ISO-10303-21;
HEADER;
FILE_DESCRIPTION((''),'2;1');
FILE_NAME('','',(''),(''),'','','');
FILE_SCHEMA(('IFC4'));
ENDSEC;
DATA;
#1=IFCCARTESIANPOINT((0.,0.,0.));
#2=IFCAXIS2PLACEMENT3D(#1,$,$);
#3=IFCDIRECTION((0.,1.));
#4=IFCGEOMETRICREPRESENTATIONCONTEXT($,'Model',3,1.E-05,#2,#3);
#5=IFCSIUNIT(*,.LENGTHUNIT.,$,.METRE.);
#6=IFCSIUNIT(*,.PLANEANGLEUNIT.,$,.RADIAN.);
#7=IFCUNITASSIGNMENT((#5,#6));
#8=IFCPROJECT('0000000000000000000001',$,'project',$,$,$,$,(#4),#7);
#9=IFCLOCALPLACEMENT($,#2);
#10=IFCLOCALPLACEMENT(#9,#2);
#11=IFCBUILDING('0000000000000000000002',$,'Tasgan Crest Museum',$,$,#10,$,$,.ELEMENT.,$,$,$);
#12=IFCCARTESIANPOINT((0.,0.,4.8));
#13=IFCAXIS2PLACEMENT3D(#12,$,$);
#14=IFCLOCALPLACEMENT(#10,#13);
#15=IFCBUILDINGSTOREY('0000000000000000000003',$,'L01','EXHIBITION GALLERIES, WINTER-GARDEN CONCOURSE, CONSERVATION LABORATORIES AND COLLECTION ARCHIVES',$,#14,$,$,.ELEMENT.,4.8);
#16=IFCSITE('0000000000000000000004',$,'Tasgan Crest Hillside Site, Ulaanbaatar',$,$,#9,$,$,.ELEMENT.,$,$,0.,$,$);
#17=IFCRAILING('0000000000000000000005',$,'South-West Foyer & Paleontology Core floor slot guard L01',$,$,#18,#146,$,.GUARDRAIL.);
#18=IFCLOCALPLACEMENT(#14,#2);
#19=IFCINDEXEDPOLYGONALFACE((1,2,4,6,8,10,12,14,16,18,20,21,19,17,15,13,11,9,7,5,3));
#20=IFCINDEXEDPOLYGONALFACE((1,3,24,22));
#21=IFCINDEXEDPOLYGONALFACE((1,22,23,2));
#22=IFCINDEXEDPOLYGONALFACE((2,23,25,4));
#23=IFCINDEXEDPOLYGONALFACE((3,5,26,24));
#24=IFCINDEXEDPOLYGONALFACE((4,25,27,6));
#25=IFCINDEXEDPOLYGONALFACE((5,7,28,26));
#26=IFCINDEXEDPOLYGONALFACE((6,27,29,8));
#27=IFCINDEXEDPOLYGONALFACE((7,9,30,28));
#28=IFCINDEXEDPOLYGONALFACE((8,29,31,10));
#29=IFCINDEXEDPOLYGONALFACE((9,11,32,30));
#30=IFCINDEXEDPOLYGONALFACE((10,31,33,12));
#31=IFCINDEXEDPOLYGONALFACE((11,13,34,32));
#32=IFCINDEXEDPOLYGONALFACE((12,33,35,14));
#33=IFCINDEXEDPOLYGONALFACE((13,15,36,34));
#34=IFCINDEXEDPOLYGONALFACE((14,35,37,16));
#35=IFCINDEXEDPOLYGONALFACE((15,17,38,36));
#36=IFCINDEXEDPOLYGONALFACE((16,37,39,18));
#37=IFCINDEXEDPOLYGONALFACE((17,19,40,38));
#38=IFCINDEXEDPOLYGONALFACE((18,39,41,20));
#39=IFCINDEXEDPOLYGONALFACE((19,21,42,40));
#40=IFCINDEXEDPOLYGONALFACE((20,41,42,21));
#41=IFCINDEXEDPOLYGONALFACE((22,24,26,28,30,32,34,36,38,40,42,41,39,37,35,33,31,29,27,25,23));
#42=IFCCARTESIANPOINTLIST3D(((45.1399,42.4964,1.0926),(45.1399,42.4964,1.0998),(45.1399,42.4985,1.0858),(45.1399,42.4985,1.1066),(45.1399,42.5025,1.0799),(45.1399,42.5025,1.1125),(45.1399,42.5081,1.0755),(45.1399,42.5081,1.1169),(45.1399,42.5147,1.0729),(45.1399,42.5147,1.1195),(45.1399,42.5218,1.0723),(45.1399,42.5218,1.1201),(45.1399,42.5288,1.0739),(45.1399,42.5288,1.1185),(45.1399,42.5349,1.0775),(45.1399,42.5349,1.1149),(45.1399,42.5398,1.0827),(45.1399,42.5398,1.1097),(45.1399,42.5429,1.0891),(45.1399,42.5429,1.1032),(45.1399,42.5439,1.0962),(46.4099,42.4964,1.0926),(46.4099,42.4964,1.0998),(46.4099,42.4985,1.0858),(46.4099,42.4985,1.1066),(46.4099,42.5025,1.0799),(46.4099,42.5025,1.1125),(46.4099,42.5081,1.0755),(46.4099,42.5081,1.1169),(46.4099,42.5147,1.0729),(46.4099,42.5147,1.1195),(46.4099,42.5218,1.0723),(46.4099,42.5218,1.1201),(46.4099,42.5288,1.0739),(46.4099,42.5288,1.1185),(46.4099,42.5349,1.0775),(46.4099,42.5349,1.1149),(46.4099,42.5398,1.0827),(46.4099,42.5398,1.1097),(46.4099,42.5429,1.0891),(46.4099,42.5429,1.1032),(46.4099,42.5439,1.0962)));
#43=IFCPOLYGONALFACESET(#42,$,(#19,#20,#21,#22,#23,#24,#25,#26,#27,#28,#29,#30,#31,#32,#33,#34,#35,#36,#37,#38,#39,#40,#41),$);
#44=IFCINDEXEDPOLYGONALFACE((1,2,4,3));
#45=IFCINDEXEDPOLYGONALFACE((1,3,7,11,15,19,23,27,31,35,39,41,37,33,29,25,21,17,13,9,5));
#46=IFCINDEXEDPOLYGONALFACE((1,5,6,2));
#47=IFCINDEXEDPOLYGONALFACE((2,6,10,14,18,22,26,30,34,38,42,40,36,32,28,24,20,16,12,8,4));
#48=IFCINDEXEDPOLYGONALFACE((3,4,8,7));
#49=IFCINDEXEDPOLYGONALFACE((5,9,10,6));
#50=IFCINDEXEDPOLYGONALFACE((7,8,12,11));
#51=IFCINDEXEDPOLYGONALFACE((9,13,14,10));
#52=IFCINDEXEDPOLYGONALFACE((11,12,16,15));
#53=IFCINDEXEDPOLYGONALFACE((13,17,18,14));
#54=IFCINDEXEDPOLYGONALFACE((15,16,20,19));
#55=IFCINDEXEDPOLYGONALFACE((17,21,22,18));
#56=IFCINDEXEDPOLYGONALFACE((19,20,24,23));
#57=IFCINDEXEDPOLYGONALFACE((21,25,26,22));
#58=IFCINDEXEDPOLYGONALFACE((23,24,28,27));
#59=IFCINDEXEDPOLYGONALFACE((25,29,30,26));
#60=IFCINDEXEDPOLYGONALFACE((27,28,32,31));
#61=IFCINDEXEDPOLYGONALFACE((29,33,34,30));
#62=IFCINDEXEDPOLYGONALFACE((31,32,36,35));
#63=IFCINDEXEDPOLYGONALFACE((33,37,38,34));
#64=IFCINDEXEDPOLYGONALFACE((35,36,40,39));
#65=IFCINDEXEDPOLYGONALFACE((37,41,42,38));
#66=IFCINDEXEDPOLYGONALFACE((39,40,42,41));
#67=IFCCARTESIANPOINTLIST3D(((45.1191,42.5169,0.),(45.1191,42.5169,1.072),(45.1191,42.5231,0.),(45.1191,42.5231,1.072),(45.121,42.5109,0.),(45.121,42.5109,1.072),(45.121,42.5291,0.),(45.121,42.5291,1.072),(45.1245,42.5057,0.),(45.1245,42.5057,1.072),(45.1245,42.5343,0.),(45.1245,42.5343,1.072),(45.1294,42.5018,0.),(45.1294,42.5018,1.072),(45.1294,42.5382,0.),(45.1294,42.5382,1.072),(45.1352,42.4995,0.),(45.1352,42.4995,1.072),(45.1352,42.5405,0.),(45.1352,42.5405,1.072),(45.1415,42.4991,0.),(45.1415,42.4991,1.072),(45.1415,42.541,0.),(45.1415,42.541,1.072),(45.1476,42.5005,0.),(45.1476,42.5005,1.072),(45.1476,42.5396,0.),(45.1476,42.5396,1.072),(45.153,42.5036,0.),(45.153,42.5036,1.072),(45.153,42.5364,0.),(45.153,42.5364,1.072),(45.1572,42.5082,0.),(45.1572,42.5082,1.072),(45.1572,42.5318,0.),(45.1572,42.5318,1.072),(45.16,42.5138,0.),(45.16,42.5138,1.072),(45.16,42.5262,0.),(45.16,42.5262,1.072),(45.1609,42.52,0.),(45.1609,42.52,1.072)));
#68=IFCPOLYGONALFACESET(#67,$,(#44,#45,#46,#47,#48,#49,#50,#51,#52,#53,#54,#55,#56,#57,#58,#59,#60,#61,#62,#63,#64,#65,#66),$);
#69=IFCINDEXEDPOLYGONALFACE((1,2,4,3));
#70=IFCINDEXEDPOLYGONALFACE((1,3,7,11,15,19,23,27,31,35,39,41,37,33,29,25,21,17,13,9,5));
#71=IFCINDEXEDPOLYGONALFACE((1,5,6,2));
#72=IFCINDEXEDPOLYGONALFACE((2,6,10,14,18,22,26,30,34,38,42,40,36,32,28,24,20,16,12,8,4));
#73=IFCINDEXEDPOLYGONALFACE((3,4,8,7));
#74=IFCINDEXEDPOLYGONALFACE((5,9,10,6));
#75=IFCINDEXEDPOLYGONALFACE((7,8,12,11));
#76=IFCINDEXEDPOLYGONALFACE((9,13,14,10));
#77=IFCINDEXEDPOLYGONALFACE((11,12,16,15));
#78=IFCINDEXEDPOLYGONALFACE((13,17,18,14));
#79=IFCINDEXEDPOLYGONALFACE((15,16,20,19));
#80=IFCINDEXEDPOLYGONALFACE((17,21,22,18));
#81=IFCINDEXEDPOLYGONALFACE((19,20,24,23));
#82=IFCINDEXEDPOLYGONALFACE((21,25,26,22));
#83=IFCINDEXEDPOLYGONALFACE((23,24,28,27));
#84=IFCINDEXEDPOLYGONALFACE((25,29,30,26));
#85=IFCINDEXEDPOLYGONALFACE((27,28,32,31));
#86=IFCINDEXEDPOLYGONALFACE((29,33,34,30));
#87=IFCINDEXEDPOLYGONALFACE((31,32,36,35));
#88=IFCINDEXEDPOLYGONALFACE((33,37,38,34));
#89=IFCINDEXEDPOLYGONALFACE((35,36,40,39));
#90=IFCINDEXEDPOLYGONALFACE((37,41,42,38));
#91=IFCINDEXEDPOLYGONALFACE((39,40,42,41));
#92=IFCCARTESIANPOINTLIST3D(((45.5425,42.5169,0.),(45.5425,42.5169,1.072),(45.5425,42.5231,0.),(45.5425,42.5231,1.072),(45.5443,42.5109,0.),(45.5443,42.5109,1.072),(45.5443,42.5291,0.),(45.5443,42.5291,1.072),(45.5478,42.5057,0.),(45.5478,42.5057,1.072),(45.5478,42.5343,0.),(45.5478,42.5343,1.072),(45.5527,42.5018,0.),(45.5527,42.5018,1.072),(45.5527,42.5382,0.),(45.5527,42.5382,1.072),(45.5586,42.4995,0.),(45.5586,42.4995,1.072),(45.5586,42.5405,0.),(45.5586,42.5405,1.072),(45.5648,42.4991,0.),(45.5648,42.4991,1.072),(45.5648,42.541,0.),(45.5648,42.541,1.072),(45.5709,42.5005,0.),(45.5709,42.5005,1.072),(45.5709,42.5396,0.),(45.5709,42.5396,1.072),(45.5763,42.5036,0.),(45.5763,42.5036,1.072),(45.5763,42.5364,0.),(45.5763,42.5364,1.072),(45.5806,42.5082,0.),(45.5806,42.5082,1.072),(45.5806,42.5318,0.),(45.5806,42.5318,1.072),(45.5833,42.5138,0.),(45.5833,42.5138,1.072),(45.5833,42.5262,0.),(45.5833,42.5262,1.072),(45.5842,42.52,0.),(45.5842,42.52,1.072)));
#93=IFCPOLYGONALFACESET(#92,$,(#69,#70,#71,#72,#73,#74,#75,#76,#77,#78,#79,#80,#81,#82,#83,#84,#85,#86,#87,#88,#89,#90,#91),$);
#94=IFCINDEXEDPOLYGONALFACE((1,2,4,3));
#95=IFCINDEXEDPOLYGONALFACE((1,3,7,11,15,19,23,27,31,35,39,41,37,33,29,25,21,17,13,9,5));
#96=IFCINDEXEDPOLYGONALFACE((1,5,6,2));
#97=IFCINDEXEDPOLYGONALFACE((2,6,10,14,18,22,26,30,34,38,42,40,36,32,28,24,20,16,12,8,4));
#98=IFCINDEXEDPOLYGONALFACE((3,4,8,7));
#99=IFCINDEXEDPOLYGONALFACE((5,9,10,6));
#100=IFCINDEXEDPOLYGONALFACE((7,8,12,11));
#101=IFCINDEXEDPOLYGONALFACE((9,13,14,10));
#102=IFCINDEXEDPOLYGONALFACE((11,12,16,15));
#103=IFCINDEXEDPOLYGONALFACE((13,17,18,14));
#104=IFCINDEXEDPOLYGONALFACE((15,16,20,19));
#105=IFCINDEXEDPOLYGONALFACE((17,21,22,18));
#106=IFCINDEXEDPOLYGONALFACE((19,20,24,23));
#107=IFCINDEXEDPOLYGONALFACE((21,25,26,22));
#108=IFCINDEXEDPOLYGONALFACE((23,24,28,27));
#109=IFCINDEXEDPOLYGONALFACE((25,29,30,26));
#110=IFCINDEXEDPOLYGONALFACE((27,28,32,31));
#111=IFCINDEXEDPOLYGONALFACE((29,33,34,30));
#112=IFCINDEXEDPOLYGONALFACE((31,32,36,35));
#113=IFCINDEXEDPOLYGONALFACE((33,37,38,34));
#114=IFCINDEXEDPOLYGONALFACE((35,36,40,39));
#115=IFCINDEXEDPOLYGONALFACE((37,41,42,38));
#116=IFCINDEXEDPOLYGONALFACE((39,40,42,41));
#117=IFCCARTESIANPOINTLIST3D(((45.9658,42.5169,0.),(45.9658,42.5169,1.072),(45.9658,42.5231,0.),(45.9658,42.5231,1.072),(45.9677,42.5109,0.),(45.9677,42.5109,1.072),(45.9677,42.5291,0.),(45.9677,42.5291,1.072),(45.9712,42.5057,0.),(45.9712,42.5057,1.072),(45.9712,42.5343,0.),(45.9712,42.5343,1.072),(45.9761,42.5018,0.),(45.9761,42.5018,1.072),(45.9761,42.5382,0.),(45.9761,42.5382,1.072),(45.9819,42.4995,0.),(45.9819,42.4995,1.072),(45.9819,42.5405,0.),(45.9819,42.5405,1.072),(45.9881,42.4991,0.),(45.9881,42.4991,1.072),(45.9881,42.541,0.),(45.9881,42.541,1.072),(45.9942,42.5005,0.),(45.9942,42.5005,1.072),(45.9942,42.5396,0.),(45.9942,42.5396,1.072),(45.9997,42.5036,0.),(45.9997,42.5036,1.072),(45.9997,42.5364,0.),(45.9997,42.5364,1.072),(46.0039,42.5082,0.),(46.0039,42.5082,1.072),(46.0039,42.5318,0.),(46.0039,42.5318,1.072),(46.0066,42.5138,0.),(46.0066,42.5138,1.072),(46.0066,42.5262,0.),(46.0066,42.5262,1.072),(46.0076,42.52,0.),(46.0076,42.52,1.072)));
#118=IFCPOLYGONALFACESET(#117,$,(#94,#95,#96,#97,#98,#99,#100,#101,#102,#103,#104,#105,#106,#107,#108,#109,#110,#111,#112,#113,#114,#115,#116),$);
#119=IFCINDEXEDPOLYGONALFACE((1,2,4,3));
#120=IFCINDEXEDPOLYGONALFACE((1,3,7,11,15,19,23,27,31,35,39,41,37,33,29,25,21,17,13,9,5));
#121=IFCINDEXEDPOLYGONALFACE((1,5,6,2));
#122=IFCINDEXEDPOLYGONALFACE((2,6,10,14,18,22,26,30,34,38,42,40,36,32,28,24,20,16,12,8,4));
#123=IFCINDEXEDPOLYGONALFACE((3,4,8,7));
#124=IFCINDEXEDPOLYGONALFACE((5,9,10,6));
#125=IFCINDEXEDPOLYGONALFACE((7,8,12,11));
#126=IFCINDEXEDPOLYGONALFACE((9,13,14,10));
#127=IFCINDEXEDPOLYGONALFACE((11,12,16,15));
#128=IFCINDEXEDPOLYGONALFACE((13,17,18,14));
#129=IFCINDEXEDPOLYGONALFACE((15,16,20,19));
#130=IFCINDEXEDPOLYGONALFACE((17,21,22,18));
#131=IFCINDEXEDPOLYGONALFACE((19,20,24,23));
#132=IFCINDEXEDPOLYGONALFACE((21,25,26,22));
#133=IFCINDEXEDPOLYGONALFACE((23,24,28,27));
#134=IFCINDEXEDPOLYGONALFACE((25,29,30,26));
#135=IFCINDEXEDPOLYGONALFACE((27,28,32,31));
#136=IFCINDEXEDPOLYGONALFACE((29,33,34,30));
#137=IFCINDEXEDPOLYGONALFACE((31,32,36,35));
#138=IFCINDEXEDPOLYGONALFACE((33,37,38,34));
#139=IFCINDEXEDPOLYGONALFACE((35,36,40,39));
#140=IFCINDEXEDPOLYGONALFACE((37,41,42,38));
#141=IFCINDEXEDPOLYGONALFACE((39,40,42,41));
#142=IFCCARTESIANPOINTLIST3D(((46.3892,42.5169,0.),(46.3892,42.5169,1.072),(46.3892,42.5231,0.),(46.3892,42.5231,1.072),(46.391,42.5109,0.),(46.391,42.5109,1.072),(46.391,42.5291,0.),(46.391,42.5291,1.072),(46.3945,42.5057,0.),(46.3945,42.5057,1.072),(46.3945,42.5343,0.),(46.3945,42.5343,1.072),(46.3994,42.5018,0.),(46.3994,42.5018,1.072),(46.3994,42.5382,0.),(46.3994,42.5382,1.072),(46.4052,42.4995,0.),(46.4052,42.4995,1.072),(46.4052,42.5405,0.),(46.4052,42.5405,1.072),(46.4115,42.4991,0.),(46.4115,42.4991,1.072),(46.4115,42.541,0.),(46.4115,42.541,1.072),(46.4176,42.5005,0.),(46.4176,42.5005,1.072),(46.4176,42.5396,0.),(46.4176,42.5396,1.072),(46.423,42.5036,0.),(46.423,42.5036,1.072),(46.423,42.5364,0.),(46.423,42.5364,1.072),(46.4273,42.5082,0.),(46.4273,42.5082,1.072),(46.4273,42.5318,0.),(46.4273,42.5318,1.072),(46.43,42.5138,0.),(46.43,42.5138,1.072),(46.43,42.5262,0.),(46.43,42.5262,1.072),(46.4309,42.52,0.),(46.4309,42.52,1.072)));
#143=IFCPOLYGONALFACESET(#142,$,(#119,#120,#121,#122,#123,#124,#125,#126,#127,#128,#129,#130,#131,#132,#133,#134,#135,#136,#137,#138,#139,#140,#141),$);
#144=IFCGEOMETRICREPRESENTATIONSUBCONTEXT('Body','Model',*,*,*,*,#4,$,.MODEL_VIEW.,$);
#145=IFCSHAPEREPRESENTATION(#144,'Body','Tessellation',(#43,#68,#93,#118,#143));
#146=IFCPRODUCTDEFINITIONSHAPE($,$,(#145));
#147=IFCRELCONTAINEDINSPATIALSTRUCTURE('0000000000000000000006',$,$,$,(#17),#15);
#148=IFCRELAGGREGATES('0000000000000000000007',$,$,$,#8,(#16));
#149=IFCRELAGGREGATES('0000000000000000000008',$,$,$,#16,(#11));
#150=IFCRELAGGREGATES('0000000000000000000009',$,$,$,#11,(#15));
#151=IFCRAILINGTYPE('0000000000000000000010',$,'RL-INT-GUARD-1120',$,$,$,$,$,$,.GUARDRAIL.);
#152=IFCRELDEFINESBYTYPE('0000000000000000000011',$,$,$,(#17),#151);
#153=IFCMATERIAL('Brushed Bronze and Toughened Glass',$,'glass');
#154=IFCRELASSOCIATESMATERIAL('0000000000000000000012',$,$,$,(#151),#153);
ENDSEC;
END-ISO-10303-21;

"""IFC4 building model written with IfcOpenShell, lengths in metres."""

from ifc_helpers import new_model, si_unit, direction, frame, origin, origin_2d, place, context, subcontext, project, spatial, circle, extrude, material, type_object, element, save


model = new_model("IFC4")

# Units and contexts
model_context = context("Model", 3, precision=1e-05, world=origin(), true_north=direction((0.0, 1.0)))
body_context = subcontext(model_context, "Body", "Model", "MODEL_VIEW")
ifc_project = project(units=[si_unit("LENGTHUNIT", "METRE"), si_unit("PLANEANGLEUNIT", "RADIAN")], contexts=[model_context])

# Site, building, storey
site_placement = place(None, origin())
site = spatial("IfcSite", under=ifc_project, at=site_placement, Name="Tasgan Crest Hillside Site, Ulaanbaatar", CompositionType="ELEMENT", RefElevation=0.0)
building_placement = place(site_placement, origin())
building = spatial("IfcBuilding", under=site, at=building_placement, Name="Tasgan Crest Museum", CompositionType="ELEMENT")
storey_placement = place(building_placement, frame((0.0, 0.0, 4.8)))
storey = spatial("IfcBuildingStorey", under=building, at=storey_placement, Name="L01", Description="EXHIBITION GALLERIES, WINTER-GARDEN CONCOURSE, CONSERVATION LABORATORIES AND COLLECTION ARCHIVES", CompositionType="ELEMENT", Elevation=4.8)

# Railing
ifc_material_1 = material(Name="Brushed Bronze and Toughened Glass", Category="glass")
railing_type_1 = type_object("IfcRailingType", Name="RL-INT-GUARD-1120", PredefinedType="GUARDRAIL", material=ifc_material_1)
railing_1_placement = place(storey_placement, frame((45.1399, 42.52, 0.0)))
element("IfcRailing", 1, at=railing_1_placement, inside=storey, type_object=railing_type_1, Name="South-West Foyer & Paleontology Core floor slot guard L01", PredefinedType="GUARDRAIL", context=body_context, shape_type="SweptSolid", body=[
    extrude(circle(Radius=0.0239, at=origin_2d()), frame((0.0, 0.0, 1.0962), z_axis=(1.0, 0.0, 0.0), x_axis=(0.0, 1.0, 0.0)), (0.0, 0.0, 1.0), 1.27),
    extrude(circle(Radius=0.021, at=origin_2d()), origin(), (0.0, 0.0, 1.0), 1.072),
    extrude(circle(Radius=0.021, at=origin_2d()), frame((0.4233, 0.0, 0.0)), (0.0, 0.0, 1.0), 1.072),
    extrude(circle(Radius=0.021, at=origin_2d()), frame((0.8467, 0.0, 0.0)), (0.0, 0.0, 1.0), 1.072),
    extrude(circle(Radius=0.021, at=origin_2d()), frame((1.27, 0.0, 0.0)), (0.0, 0.0, 1.0), 1.072),
])

save(model, "model.ifc")
